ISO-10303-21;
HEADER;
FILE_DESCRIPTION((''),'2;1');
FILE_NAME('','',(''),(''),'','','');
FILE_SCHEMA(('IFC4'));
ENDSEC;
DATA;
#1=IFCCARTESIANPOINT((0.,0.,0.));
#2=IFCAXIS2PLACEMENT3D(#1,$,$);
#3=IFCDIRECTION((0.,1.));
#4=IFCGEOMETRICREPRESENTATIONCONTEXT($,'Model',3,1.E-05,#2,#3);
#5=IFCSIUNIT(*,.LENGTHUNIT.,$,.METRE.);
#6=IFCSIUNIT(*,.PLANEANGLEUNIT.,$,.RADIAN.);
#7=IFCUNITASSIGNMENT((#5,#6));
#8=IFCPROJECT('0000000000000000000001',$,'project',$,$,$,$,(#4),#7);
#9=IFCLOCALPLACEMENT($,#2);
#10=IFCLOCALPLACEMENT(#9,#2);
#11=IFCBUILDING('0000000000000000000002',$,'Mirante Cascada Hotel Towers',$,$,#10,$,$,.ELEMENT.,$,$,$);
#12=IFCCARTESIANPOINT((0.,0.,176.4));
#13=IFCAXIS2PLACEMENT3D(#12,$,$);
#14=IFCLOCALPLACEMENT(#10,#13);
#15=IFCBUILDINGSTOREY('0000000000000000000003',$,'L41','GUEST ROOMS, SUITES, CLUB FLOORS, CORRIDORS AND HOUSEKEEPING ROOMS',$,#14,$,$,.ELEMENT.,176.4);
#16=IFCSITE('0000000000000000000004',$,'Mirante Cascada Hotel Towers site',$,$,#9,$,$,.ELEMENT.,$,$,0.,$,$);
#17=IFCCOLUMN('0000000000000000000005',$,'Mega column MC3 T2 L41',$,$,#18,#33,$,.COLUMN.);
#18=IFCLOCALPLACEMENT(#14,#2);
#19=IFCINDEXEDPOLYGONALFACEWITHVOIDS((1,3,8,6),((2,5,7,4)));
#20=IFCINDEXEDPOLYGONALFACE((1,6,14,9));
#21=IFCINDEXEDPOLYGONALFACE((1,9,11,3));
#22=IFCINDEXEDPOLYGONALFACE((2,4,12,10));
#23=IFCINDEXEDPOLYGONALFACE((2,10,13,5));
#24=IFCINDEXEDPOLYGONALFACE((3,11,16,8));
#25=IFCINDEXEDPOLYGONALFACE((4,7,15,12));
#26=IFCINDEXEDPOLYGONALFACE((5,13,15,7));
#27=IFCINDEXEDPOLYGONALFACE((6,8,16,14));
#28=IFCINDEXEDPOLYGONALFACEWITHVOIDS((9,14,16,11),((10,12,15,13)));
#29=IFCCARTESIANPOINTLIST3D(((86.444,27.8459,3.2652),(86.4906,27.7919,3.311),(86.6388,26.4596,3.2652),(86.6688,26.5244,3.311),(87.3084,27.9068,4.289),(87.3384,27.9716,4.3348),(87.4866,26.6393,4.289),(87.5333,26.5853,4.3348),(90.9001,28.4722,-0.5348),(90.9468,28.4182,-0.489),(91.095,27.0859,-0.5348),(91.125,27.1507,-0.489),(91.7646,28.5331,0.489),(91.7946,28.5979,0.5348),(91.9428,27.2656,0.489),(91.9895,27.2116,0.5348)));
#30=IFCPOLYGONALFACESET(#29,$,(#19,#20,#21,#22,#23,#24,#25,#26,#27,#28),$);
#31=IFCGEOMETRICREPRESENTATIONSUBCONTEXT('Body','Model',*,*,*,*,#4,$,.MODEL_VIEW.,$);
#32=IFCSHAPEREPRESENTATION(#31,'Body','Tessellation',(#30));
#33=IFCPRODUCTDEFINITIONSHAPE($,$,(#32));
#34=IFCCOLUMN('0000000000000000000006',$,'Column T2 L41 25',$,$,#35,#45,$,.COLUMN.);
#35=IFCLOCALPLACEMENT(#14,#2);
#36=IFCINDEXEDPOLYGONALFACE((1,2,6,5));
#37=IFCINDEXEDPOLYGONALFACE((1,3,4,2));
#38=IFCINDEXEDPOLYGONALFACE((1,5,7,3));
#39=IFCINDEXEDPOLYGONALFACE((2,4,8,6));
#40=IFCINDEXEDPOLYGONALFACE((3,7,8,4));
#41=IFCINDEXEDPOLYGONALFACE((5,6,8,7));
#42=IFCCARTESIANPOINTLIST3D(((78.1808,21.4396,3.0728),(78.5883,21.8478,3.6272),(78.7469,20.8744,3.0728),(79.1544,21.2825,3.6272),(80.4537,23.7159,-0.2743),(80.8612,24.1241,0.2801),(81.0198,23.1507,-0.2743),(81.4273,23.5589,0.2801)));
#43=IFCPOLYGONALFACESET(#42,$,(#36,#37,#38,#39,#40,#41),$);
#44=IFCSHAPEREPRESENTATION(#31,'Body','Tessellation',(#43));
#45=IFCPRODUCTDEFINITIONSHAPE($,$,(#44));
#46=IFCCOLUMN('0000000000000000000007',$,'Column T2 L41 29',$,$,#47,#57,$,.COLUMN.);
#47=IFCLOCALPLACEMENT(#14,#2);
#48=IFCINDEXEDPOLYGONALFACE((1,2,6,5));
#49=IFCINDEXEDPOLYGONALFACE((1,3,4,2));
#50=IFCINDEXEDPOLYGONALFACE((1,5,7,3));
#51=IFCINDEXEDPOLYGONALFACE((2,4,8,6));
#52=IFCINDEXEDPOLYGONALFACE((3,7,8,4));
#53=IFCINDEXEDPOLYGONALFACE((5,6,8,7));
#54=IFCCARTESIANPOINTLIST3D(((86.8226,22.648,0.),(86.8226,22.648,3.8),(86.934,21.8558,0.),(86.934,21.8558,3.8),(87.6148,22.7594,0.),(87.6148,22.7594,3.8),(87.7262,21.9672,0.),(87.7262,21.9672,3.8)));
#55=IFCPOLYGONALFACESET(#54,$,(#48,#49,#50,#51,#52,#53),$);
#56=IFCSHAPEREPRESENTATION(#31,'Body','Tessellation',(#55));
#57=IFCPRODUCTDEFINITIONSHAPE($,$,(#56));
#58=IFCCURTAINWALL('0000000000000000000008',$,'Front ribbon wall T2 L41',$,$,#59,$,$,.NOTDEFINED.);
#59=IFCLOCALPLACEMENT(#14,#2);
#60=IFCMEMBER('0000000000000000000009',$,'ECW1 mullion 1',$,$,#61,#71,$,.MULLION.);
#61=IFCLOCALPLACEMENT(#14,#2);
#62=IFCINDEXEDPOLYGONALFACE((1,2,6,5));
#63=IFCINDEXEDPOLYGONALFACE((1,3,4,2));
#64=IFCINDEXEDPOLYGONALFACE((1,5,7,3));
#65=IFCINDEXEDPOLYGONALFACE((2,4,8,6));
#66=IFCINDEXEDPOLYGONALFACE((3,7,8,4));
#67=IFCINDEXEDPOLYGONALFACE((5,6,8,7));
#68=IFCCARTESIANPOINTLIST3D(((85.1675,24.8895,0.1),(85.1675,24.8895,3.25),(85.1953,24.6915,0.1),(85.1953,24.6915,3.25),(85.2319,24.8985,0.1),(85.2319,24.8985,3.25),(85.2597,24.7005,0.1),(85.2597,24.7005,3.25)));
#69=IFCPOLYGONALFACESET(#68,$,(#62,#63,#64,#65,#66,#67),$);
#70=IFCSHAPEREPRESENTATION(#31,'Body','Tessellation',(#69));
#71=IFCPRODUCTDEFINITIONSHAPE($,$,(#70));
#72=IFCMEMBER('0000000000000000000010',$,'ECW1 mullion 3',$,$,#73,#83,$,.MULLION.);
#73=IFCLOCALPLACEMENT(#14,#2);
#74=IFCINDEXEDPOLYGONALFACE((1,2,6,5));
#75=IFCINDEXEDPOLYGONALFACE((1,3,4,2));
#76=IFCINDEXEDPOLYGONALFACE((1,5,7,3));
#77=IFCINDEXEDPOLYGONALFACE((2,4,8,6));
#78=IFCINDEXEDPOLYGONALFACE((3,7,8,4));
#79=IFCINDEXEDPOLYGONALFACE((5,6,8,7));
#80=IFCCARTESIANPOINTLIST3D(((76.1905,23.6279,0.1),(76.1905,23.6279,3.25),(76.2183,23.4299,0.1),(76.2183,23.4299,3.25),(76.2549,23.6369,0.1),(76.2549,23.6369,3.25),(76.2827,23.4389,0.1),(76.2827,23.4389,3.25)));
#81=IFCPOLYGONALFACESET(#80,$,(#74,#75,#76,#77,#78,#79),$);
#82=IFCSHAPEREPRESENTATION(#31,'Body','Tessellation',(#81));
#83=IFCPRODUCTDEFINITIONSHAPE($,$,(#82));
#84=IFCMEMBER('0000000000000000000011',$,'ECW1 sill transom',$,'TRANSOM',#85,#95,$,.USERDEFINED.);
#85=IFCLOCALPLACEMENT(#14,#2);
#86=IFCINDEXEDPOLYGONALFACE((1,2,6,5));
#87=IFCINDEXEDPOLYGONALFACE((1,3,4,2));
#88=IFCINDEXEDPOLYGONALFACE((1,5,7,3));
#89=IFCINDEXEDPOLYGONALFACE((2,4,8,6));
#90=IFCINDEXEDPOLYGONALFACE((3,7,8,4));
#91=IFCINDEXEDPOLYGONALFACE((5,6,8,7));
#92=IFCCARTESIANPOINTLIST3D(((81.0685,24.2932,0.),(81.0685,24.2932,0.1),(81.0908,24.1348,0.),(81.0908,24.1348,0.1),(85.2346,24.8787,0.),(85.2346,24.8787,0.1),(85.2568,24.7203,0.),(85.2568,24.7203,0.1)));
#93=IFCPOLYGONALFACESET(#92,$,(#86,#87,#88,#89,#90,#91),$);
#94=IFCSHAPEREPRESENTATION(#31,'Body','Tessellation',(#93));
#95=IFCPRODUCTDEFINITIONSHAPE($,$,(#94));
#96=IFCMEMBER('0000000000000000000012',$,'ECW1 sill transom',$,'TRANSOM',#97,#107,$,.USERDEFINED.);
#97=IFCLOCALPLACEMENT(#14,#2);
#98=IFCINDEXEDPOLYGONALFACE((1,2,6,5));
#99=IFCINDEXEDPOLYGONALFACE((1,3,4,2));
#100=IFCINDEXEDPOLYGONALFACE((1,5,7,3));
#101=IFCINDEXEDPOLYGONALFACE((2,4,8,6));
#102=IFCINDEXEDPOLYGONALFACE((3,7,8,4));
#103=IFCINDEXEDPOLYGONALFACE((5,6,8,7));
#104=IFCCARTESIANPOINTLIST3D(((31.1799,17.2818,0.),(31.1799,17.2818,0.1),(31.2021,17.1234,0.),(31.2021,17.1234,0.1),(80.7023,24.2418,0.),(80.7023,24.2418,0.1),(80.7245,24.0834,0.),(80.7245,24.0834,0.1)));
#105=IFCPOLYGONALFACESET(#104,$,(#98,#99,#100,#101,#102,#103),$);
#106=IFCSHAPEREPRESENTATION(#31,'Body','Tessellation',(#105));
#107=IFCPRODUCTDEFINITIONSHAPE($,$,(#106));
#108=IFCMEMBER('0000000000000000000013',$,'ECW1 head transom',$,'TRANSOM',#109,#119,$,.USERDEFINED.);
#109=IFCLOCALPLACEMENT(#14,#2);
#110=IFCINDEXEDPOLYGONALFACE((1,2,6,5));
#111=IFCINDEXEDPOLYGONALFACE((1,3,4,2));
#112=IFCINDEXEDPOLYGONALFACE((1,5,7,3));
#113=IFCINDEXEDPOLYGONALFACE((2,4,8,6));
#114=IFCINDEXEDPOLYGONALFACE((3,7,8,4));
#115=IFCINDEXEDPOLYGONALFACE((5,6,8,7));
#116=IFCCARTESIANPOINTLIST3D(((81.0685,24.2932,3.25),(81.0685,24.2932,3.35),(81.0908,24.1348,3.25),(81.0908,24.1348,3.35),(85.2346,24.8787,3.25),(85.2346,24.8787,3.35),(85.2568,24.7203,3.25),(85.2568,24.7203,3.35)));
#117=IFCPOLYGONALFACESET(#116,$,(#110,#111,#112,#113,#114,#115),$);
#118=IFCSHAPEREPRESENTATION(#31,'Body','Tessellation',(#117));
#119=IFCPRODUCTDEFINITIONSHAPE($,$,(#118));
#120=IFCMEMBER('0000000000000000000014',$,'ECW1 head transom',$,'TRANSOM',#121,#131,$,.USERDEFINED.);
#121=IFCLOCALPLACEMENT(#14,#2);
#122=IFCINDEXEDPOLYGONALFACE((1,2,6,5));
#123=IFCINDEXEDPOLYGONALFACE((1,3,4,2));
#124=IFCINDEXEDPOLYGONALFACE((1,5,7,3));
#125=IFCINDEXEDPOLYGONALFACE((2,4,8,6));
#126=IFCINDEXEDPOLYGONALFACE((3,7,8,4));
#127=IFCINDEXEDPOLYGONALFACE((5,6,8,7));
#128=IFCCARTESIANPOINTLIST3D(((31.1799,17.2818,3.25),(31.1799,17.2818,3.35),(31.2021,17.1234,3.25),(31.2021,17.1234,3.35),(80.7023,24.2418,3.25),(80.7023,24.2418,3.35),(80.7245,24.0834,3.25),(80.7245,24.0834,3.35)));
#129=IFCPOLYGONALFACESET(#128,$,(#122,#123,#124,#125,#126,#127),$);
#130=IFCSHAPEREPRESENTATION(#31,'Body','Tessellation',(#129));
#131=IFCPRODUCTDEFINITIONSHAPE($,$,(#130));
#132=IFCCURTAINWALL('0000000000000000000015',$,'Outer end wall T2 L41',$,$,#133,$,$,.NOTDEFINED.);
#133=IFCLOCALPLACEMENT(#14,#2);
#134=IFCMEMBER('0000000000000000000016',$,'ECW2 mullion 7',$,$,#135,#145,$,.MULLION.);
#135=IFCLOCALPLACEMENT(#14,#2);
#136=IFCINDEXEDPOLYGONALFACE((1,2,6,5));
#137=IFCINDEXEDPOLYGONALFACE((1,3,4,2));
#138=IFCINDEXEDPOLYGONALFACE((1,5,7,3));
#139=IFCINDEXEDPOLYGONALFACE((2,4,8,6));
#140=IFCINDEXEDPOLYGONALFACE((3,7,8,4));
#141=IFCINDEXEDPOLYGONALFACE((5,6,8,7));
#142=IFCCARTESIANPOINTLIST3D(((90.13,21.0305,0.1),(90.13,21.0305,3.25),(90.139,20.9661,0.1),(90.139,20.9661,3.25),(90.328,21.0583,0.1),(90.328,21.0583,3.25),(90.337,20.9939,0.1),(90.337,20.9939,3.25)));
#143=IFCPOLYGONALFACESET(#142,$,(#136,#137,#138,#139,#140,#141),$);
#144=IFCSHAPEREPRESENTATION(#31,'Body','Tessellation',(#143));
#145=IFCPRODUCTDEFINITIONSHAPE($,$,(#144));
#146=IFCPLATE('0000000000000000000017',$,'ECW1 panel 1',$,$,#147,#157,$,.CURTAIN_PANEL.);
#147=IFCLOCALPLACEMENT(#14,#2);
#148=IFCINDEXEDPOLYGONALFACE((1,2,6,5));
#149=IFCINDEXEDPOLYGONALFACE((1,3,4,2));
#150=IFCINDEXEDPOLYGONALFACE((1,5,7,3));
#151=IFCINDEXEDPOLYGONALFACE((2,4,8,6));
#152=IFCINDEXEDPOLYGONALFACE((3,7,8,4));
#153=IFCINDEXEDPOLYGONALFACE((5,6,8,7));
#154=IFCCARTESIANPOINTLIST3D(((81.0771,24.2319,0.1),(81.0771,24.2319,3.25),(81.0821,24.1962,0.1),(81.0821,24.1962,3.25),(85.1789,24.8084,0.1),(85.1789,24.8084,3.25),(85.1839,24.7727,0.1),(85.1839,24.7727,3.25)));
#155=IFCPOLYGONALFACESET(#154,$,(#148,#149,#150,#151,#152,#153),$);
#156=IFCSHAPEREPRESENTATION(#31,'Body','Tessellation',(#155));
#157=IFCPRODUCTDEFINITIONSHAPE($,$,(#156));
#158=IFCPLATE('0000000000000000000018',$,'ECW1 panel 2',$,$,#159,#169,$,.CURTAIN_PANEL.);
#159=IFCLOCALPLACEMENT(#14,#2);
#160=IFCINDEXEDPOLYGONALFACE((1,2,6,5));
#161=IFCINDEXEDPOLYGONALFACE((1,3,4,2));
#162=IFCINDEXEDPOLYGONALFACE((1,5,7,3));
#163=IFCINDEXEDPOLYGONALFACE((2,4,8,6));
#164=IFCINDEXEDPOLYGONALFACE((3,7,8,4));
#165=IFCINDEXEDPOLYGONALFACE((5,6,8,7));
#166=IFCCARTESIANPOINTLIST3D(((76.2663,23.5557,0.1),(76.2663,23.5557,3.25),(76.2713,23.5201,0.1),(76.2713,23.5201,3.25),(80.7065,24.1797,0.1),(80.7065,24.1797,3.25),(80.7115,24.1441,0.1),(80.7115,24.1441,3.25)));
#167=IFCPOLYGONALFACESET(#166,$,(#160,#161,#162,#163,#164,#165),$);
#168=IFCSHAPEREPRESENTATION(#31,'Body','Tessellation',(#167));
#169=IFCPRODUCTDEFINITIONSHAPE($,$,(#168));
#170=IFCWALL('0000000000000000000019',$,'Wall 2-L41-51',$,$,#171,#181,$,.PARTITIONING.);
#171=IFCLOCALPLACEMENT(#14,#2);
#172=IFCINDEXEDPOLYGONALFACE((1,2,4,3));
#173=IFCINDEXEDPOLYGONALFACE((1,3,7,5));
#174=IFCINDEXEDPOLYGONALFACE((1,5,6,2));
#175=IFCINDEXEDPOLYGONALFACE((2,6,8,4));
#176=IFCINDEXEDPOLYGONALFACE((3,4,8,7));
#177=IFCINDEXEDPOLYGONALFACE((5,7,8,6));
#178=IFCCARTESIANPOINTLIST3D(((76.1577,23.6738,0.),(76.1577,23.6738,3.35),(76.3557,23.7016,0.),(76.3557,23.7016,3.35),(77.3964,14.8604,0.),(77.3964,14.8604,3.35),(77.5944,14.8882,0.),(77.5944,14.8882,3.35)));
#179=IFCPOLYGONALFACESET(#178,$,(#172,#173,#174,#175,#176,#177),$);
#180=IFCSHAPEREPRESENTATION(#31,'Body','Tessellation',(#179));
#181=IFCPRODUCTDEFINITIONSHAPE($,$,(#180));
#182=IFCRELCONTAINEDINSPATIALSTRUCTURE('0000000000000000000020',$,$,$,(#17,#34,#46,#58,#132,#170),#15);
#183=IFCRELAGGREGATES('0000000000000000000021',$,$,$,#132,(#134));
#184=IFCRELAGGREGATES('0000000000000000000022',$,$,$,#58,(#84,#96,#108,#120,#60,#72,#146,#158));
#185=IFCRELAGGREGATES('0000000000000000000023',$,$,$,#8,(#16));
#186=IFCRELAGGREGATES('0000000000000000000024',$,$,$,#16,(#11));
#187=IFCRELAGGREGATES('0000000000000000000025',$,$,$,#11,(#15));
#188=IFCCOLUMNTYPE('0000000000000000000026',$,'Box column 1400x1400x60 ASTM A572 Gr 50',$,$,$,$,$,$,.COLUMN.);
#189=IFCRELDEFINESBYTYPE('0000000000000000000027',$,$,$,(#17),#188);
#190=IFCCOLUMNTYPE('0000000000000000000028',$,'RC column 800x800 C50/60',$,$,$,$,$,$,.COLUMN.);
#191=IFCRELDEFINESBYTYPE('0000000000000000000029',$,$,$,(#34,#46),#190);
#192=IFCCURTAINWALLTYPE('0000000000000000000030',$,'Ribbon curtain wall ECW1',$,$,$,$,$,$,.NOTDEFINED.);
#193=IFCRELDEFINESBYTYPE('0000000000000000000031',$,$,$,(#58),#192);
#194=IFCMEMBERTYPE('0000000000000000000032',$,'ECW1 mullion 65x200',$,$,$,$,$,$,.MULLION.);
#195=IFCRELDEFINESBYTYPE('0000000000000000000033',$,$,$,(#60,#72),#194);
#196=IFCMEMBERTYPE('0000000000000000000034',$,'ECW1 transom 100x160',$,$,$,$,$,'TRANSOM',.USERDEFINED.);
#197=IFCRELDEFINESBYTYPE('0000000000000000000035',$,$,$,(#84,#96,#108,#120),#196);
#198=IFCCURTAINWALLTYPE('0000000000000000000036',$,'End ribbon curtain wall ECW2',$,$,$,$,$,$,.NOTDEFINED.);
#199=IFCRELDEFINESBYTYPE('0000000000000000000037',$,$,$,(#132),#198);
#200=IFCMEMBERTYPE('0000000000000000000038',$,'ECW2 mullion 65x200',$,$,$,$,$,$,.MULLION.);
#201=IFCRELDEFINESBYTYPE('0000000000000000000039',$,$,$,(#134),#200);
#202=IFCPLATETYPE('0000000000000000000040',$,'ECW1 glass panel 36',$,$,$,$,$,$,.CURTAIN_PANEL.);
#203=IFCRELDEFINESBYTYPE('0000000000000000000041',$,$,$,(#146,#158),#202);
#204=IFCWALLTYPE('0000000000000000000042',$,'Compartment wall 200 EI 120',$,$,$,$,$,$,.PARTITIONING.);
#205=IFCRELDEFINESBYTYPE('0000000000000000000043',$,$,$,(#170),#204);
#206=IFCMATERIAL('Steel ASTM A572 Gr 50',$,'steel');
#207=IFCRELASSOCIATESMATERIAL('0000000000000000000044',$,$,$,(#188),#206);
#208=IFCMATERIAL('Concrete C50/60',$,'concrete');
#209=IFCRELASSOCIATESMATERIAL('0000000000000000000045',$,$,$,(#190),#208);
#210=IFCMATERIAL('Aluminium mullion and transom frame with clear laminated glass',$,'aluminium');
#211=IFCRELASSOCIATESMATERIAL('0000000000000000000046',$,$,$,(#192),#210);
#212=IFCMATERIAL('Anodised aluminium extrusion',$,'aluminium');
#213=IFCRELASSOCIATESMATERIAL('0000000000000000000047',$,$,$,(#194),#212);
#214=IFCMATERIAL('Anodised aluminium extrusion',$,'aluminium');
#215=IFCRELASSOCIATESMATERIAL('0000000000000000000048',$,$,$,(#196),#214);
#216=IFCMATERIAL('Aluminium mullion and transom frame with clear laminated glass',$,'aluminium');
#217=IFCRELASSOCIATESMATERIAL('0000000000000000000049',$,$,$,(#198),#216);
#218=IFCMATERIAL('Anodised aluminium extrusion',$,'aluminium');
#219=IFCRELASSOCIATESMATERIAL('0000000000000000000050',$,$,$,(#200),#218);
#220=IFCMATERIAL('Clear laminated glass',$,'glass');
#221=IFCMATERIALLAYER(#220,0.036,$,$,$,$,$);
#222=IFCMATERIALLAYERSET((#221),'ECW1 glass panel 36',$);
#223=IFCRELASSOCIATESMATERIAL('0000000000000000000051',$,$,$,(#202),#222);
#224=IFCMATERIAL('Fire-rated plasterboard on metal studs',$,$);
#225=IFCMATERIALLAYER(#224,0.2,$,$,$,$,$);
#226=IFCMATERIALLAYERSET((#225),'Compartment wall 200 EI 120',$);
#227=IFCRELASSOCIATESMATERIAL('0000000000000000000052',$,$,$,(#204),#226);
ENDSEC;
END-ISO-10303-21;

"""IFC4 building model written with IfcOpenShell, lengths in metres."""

from ifc_helpers import new_model, si_unit, direction, frame, frame_2d, origin, origin_2d, place, context, subcontext, project, spatial, rectangle, hollow_rectangle, extrude, material, layer, layer_set, material_profile, profile_set, type_object, element, aggregate, save


model = new_model("IFC4")

# Units and contexts
model_context = context("Model", 3, precision=1e-05, world=origin(), true_north=direction((0.0, 1.0)))
body_context = subcontext(model_context, "Body", "Model", "MODEL_VIEW")
ifc_project = project(units=[si_unit("LENGTHUNIT", "METRE"), si_unit("PLANEANGLEUNIT", "RADIAN")], contexts=[model_context])

# Site, building, storey
site_placement = place(None, origin())
site = spatial("IfcSite", under=ifc_project, at=site_placement, Name="Mirante Cascada Hotel Towers site", CompositionType="ELEMENT", RefElevation=0.0)
building_placement = place(site_placement, origin())
building = spatial("IfcBuilding", under=site, at=building_placement, Name="Mirante Cascada Hotel Towers", CompositionType="ELEMENT")
storey_placement = place(building_placement, frame((0.0, 0.0, 176.4)))
storey = spatial("IfcBuildingStorey", under=building, at=storey_placement, Name="L41", Description="GUEST ROOMS, SUITES, CLUB FLOORS, CORRIDORS AND HOUSEKEEPING ROOMS", CompositionType="ELEMENT", Elevation=176.4)

# Columns
ifc_material_1 = material(Name="Steel ASTM A572 Gr 50", Category="steel")
ifc_material_profile_1 = material_profile(ifc_material_1, hollow_rectangle(XDim=1.4, YDim=1.4, WallThickness=0.06, at=origin_2d()), Name="Box column 1400x1400x60 ASTM A572 Gr 50")
ifc_profile_set_1 = profile_set([ifc_material_profile_1], Name="Steel ASTM A572 Gr 50")
column_type_1 = type_object("IfcColumnType", Name="Box column 1400x1400x60 ASTM A572 Gr 50", PredefinedType="COLUMN", material=ifc_profile_set_1)
column_1_placement = place(storey_placement, frame((91.4448, 27.8419, 0.0), z_axis=(-0.756594, -0.106336, 0.645181), x_axis=(0.139178, -0.990267, 0.0)))
element("IfcColumn", 1, at=column_1_placement, inside=storey, type_object=column_type_1, Name="Mega column MC3 T2 L41", PredefinedType="COLUMN", context=body_context, shape_type="SweptSolid", body=[
    extrude(hollow_rectangle(XDim=1.4, YDim=1.4, WallThickness=0.06, at=origin_2d()), origin(), (0.0, 0.0, 1.0), 5.8898),
])
ifc_material_2 = material(Name="Concrete C50/60", Category="concrete")
ifc_material_profile_2 = material_profile(ifc_material_2, rectangle(XDim=0.8, YDim=0.8, at=origin_2d()), Name="RC column 800x800 C50/60")
ifc_profile_set_2 = profile_set([ifc_material_profile_2], Name="Concrete C50/60")
column_type_2 = type_object("IfcColumnType", Name="RC column 800x800 C50/60", PredefinedType="COLUMN", material=ifc_profile_set_2)
column_2_placement = place(storey_placement, frame((80.9405, 23.6374, 0.0029), z_axis=(-0.489609, -0.490342, 0.721005), x_axis=(0.707635, -0.706578, 0.0)))
element("IfcColumn", 2, at=column_2_placement, inside=storey, type_object=column_type_2, Name="Column T2 L41 25", PredefinedType="COLUMN", context=body_context, shape_type="SweptSolid", body=[
    extrude(rectangle(XDim=0.8, YDim=0.8, at=origin_2d()), origin(), (0.0, 0.0, 1.0), 4.6423),
])
column_3_placement = place(storey_placement, frame((87.2744, 22.3076, 0.0), z_axis=(0.0, 0.0, 1.0), x_axis=(0.990268, 0.139173, 0.0)))
element("IfcColumn", 3, at=column_3_placement, inside=storey, type_object=column_type_2, Name="Column T2 L41 29", PredefinedType="COLUMN", context=body_context, shape_type="SweptSolid", body=[
    extrude(rectangle(XDim=0.8, YDim=0.8, at=origin_2d()), origin(), (0.0, 0.0, 1.0), 3.8),
])

# Curtain wall, members
ifc_material_3 = material(Name="Aluminium mullion and transom frame with clear laminated glass", Category="aluminium")
curtain_wall_type_1 = type_object("IfcCurtainWallType", Name="Ribbon curtain wall ECW1", PredefinedType="NOTDEFINED", material=ifc_material_3)
curtain_wall_1_placement = place(storey_placement, origin())
curtain_wall_1 = element("IfcCurtainWall", 4, at=curtain_wall_1_placement, inside=storey, type_object=curtain_wall_type_1, Name="Front ribbon wall T2 L41", PredefinedType="NOTDEFINED")
ifc_material_4 = material(Name="Anodised aluminium extrusion", Category="aluminium")
ifc_material_profile_3 = material_profile(ifc_material_4, rectangle(XDim=0.2, YDim=0.065, at=origin_2d()), Name="ECW1 MULLION 65x200")
ifc_profile_set_3 = profile_set([ifc_material_profile_3], Name="Anodised aluminium extrusion")
member_type_1 = type_object("IfcMemberType", Name="ECW1 mullion 65x200", PredefinedType="MULLION", material=ifc_profile_set_3)
member_1_placement = place(storey_placement, frame((85.2136, 24.795, 0.1), z_axis=(0.0, 0.0, 1.0), x_axis=(0.139173, -0.990268, 0.0)))
member_1 = element("IfcMember", 5, at=member_1_placement, type_object=member_type_1, Name="ECW1 mullion 1", PredefinedType="MULLION", context=body_context, shape_type="SweptSolid", body=[
    extrude(rectangle(XDim=0.2, YDim=0.065, at=origin_2d()), origin(), (0.0, 0.0, 1.0), 3.15),
])
member_2_placement = place(storey_placement, frame((76.2366, 23.5334, 0.1), z_axis=(0.0, 0.0, 1.0), x_axis=(0.139173, -0.990268, 0.0)))
member_2 = element("IfcMember", 6, at=member_2_placement, type_object=member_type_1, Name="ECW1 mullion 3", PredefinedType="MULLION", context=body_context, shape_type="SweptSolid", body=[
    extrude(rectangle(XDim=0.2, YDim=0.065, at=origin_2d()), origin(), (0.0, 0.0, 1.0), 3.15),
])
ifc_material_5 = material(Name="Anodised aluminium extrusion", Category="aluminium")
ifc_material_profile_4 = material_profile(ifc_material_5, rectangle(XDim=0.16, YDim=0.1, at=origin_2d()), Name="ECW1 TRANSOM 100x160")
ifc_profile_set_4 = profile_set([ifc_material_profile_4], Name="Anodised aluminium extrusion")
member_type_2 = type_object("IfcMemberType", Name="ECW1 transom 100x160", ElementType="TRANSOM", PredefinedType="USERDEFINED", material=ifc_profile_set_4)
member_3_placement = place(storey_placement, frame((85.2457, 24.7995, 0.05), z_axis=(-0.990268, -0.139171, 0.0), x_axis=(0.139171, -0.990268, 0.0)))
member_3 = element("IfcMember", 7, at=member_3_placement, type_object=member_type_2, Name="ECW1 sill transom", ObjectType="TRANSOM", PredefinedType="USERDEFINED", context=body_context, shape_type="SweptSolid", body=[
    extrude(rectangle(XDim=0.16, YDim=0.1, at=origin_2d()), origin(), (0.0, 0.0, 1.0), 4.207),
])
member_4_placement = place(storey_placement, frame((80.7134, 24.1626, 0.05), z_axis=(-0.990268, -0.139175, 0.0), x_axis=(0.139175, -0.990268, 0.0)))
member_4 = element("IfcMember", 8, at=member_4_placement, type_object=member_type_2, Name="ECW1 sill transom", ObjectType="TRANSOM", PredefinedType="USERDEFINED", context=body_context, shape_type="SweptSolid", body=[
    extrude(rectangle(XDim=0.16, YDim=0.1, at=origin_2d()), origin(), (0.0, 0.0, 1.0), 50.0091),
])
member_5_placement = place(storey_placement, frame((85.2457, 24.7995, 3.3), z_axis=(-0.990268, -0.139171, 0.0), x_axis=(0.139171, -0.990268, 0.0)))
member_5 = element("IfcMember", 9, at=member_5_placement, type_object=member_type_2, Name="ECW1 head transom", ObjectType="TRANSOM", PredefinedType="USERDEFINED", context=body_context, shape_type="SweptSolid", body=[
    extrude(rectangle(XDim=0.16, YDim=0.1, at=origin_2d()), origin(), (0.0, 0.0, 1.0), 4.207),
])
member_6_placement = place(storey_placement, frame((80.7134, 24.1626, 3.3), z_axis=(-0.990268, -0.139175, 0.0), x_axis=(0.139175, -0.990268, 0.0)))
member_6 = element("IfcMember", 10, at=member_6_placement, type_object=member_type_2, Name="ECW1 head transom", ObjectType="TRANSOM", PredefinedType="USERDEFINED", context=body_context, shape_type="SweptSolid", body=[
    extrude(rectangle(XDim=0.16, YDim=0.1, at=origin_2d()), origin(), (0.0, 0.0, 1.0), 50.0091),
])

# Curtain wall, member
ifc_material_6 = material(Name="Aluminium mullion and transom frame with clear laminated glass", Category="aluminium")
curtain_wall_type_2 = type_object("IfcCurtainWallType", Name="End ribbon curtain wall ECW2", PredefinedType="NOTDEFINED", material=ifc_material_6)
curtain_wall_2_placement = place(storey_placement, origin())
curtain_wall_2 = element("IfcCurtainWall", 11, at=curtain_wall_2_placement, inside=storey, type_object=curtain_wall_type_2, Name="Outer end wall T2 L41", PredefinedType="NOTDEFINED")
ifc_material_7 = material(Name="Anodised aluminium extrusion", Category="aluminium")
ifc_material_profile_5 = material_profile(ifc_material_7, rectangle(XDim=0.2, YDim=0.065, at=origin_2d()), Name="ECW2 MULLION 65x200")
ifc_profile_set_5 = profile_set([ifc_material_profile_5], Name="Anodised aluminium extrusion")
member_type_3 = type_object("IfcMemberType", Name="ECW2 mullion 65x200", PredefinedType="MULLION", material=ifc_profile_set_5)
member_7_placement = place(storey_placement, frame((90.2335, 21.0122, 0.1), z_axis=(0.0, 0.0, 1.0), x_axis=(-0.990268, -0.139173, 0.0)))
member_7 = element("IfcMember", 12, at=member_7_placement, type_object=member_type_3, Name="ECW2 mullion 7", PredefinedType="MULLION", context=body_context, shape_type="SweptSolid", body=[
    extrude(rectangle(XDim=0.2, YDim=0.065, at=origin_2d()), origin(), (0.0, 0.0, 1.0), 3.15),
])
aggregate(curtain_wall_2, [member_7])

# Plates
ifc_material_8 = material(Name="Clear laminated glass", Category="glass")
ifc_layer_1 = layer(ifc_material_8, 0.036)
ifc_layer_set_1 = layer_set([ifc_layer_1], Name="ECW1 glass panel 36")
plate_type = type_object("IfcPlateType", Name="ECW1 glass panel 36", PredefinedType="CURTAIN_PANEL", material=ifc_layer_set_1)
plate_1_placement = place(storey_placement, frame((83.1305, 24.5023, 0.1), z_axis=(0.0, 0.0, 1.0), x_axis=(-0.990268, -0.139173, 0.0)))
plate_1 = element("IfcPlate", 13, at=plate_1_placement, type_object=plate_type, Name="ECW1 panel 1", PredefinedType="CURTAIN_PANEL", context=body_context, shape_type="SweptSolid", body=[
    extrude(rectangle(XDim=4.1421, YDim=0.036, at=origin_2d()), origin(), (0.0, 0.0, 1.0), 3.15),
])
plate_2_placement = place(storey_placement, frame((78.4889, 23.8499, 0.1), z_axis=(0.0, 0.0, 1.0), x_axis=(-0.990268, -0.139173, 0.0)))
plate_2 = element("IfcPlate", 14, at=plate_2_placement, type_object=plate_type, Name="ECW1 panel 2", PredefinedType="CURTAIN_PANEL", context=body_context, shape_type="SweptSolid", body=[
    extrude(rectangle(XDim=4.4838, YDim=0.036, at=origin_2d()), origin(), (0.0, 0.0, 1.0), 3.15),
])
aggregate(curtain_wall_1, [member_3, member_4, member_5, member_6, member_1, member_2, plate_1, plate_2])

# Wall
ifc_material_9 = material(Name="Fire-rated plasterboard on metal studs")
ifc_layer_2 = layer(ifc_material_9, 0.2)
ifc_layer_set_2 = layer_set([ifc_layer_2], Name="Compartment wall 200 EI 120")
wall_type_1 = type_object("IfcWallType", Name="Compartment wall 200 EI 120", PredefinedType="PARTITIONING", material=ifc_layer_set_2)
wall_1_placement = place(storey_placement, frame((76.2567, 23.6877, 0.0), z_axis=(0.0, 0.0, 1.0), x_axis=(0.139179, -0.990267, 0.0)))
element("IfcWall", 15, at=wall_1_placement, inside=storey, type_object=wall_type_1, Name="Wall 2-L41-51", PredefinedType="PARTITIONING", context=body_context, shape_type="SweptSolid", body=[
    extrude(rectangle(XDim=8.9, YDim=0.2, at=frame_2d((4.45, 0.0))), origin(), (0.0, 0.0, 1.0), 3.35),
])

save(model, "model.ifc")
